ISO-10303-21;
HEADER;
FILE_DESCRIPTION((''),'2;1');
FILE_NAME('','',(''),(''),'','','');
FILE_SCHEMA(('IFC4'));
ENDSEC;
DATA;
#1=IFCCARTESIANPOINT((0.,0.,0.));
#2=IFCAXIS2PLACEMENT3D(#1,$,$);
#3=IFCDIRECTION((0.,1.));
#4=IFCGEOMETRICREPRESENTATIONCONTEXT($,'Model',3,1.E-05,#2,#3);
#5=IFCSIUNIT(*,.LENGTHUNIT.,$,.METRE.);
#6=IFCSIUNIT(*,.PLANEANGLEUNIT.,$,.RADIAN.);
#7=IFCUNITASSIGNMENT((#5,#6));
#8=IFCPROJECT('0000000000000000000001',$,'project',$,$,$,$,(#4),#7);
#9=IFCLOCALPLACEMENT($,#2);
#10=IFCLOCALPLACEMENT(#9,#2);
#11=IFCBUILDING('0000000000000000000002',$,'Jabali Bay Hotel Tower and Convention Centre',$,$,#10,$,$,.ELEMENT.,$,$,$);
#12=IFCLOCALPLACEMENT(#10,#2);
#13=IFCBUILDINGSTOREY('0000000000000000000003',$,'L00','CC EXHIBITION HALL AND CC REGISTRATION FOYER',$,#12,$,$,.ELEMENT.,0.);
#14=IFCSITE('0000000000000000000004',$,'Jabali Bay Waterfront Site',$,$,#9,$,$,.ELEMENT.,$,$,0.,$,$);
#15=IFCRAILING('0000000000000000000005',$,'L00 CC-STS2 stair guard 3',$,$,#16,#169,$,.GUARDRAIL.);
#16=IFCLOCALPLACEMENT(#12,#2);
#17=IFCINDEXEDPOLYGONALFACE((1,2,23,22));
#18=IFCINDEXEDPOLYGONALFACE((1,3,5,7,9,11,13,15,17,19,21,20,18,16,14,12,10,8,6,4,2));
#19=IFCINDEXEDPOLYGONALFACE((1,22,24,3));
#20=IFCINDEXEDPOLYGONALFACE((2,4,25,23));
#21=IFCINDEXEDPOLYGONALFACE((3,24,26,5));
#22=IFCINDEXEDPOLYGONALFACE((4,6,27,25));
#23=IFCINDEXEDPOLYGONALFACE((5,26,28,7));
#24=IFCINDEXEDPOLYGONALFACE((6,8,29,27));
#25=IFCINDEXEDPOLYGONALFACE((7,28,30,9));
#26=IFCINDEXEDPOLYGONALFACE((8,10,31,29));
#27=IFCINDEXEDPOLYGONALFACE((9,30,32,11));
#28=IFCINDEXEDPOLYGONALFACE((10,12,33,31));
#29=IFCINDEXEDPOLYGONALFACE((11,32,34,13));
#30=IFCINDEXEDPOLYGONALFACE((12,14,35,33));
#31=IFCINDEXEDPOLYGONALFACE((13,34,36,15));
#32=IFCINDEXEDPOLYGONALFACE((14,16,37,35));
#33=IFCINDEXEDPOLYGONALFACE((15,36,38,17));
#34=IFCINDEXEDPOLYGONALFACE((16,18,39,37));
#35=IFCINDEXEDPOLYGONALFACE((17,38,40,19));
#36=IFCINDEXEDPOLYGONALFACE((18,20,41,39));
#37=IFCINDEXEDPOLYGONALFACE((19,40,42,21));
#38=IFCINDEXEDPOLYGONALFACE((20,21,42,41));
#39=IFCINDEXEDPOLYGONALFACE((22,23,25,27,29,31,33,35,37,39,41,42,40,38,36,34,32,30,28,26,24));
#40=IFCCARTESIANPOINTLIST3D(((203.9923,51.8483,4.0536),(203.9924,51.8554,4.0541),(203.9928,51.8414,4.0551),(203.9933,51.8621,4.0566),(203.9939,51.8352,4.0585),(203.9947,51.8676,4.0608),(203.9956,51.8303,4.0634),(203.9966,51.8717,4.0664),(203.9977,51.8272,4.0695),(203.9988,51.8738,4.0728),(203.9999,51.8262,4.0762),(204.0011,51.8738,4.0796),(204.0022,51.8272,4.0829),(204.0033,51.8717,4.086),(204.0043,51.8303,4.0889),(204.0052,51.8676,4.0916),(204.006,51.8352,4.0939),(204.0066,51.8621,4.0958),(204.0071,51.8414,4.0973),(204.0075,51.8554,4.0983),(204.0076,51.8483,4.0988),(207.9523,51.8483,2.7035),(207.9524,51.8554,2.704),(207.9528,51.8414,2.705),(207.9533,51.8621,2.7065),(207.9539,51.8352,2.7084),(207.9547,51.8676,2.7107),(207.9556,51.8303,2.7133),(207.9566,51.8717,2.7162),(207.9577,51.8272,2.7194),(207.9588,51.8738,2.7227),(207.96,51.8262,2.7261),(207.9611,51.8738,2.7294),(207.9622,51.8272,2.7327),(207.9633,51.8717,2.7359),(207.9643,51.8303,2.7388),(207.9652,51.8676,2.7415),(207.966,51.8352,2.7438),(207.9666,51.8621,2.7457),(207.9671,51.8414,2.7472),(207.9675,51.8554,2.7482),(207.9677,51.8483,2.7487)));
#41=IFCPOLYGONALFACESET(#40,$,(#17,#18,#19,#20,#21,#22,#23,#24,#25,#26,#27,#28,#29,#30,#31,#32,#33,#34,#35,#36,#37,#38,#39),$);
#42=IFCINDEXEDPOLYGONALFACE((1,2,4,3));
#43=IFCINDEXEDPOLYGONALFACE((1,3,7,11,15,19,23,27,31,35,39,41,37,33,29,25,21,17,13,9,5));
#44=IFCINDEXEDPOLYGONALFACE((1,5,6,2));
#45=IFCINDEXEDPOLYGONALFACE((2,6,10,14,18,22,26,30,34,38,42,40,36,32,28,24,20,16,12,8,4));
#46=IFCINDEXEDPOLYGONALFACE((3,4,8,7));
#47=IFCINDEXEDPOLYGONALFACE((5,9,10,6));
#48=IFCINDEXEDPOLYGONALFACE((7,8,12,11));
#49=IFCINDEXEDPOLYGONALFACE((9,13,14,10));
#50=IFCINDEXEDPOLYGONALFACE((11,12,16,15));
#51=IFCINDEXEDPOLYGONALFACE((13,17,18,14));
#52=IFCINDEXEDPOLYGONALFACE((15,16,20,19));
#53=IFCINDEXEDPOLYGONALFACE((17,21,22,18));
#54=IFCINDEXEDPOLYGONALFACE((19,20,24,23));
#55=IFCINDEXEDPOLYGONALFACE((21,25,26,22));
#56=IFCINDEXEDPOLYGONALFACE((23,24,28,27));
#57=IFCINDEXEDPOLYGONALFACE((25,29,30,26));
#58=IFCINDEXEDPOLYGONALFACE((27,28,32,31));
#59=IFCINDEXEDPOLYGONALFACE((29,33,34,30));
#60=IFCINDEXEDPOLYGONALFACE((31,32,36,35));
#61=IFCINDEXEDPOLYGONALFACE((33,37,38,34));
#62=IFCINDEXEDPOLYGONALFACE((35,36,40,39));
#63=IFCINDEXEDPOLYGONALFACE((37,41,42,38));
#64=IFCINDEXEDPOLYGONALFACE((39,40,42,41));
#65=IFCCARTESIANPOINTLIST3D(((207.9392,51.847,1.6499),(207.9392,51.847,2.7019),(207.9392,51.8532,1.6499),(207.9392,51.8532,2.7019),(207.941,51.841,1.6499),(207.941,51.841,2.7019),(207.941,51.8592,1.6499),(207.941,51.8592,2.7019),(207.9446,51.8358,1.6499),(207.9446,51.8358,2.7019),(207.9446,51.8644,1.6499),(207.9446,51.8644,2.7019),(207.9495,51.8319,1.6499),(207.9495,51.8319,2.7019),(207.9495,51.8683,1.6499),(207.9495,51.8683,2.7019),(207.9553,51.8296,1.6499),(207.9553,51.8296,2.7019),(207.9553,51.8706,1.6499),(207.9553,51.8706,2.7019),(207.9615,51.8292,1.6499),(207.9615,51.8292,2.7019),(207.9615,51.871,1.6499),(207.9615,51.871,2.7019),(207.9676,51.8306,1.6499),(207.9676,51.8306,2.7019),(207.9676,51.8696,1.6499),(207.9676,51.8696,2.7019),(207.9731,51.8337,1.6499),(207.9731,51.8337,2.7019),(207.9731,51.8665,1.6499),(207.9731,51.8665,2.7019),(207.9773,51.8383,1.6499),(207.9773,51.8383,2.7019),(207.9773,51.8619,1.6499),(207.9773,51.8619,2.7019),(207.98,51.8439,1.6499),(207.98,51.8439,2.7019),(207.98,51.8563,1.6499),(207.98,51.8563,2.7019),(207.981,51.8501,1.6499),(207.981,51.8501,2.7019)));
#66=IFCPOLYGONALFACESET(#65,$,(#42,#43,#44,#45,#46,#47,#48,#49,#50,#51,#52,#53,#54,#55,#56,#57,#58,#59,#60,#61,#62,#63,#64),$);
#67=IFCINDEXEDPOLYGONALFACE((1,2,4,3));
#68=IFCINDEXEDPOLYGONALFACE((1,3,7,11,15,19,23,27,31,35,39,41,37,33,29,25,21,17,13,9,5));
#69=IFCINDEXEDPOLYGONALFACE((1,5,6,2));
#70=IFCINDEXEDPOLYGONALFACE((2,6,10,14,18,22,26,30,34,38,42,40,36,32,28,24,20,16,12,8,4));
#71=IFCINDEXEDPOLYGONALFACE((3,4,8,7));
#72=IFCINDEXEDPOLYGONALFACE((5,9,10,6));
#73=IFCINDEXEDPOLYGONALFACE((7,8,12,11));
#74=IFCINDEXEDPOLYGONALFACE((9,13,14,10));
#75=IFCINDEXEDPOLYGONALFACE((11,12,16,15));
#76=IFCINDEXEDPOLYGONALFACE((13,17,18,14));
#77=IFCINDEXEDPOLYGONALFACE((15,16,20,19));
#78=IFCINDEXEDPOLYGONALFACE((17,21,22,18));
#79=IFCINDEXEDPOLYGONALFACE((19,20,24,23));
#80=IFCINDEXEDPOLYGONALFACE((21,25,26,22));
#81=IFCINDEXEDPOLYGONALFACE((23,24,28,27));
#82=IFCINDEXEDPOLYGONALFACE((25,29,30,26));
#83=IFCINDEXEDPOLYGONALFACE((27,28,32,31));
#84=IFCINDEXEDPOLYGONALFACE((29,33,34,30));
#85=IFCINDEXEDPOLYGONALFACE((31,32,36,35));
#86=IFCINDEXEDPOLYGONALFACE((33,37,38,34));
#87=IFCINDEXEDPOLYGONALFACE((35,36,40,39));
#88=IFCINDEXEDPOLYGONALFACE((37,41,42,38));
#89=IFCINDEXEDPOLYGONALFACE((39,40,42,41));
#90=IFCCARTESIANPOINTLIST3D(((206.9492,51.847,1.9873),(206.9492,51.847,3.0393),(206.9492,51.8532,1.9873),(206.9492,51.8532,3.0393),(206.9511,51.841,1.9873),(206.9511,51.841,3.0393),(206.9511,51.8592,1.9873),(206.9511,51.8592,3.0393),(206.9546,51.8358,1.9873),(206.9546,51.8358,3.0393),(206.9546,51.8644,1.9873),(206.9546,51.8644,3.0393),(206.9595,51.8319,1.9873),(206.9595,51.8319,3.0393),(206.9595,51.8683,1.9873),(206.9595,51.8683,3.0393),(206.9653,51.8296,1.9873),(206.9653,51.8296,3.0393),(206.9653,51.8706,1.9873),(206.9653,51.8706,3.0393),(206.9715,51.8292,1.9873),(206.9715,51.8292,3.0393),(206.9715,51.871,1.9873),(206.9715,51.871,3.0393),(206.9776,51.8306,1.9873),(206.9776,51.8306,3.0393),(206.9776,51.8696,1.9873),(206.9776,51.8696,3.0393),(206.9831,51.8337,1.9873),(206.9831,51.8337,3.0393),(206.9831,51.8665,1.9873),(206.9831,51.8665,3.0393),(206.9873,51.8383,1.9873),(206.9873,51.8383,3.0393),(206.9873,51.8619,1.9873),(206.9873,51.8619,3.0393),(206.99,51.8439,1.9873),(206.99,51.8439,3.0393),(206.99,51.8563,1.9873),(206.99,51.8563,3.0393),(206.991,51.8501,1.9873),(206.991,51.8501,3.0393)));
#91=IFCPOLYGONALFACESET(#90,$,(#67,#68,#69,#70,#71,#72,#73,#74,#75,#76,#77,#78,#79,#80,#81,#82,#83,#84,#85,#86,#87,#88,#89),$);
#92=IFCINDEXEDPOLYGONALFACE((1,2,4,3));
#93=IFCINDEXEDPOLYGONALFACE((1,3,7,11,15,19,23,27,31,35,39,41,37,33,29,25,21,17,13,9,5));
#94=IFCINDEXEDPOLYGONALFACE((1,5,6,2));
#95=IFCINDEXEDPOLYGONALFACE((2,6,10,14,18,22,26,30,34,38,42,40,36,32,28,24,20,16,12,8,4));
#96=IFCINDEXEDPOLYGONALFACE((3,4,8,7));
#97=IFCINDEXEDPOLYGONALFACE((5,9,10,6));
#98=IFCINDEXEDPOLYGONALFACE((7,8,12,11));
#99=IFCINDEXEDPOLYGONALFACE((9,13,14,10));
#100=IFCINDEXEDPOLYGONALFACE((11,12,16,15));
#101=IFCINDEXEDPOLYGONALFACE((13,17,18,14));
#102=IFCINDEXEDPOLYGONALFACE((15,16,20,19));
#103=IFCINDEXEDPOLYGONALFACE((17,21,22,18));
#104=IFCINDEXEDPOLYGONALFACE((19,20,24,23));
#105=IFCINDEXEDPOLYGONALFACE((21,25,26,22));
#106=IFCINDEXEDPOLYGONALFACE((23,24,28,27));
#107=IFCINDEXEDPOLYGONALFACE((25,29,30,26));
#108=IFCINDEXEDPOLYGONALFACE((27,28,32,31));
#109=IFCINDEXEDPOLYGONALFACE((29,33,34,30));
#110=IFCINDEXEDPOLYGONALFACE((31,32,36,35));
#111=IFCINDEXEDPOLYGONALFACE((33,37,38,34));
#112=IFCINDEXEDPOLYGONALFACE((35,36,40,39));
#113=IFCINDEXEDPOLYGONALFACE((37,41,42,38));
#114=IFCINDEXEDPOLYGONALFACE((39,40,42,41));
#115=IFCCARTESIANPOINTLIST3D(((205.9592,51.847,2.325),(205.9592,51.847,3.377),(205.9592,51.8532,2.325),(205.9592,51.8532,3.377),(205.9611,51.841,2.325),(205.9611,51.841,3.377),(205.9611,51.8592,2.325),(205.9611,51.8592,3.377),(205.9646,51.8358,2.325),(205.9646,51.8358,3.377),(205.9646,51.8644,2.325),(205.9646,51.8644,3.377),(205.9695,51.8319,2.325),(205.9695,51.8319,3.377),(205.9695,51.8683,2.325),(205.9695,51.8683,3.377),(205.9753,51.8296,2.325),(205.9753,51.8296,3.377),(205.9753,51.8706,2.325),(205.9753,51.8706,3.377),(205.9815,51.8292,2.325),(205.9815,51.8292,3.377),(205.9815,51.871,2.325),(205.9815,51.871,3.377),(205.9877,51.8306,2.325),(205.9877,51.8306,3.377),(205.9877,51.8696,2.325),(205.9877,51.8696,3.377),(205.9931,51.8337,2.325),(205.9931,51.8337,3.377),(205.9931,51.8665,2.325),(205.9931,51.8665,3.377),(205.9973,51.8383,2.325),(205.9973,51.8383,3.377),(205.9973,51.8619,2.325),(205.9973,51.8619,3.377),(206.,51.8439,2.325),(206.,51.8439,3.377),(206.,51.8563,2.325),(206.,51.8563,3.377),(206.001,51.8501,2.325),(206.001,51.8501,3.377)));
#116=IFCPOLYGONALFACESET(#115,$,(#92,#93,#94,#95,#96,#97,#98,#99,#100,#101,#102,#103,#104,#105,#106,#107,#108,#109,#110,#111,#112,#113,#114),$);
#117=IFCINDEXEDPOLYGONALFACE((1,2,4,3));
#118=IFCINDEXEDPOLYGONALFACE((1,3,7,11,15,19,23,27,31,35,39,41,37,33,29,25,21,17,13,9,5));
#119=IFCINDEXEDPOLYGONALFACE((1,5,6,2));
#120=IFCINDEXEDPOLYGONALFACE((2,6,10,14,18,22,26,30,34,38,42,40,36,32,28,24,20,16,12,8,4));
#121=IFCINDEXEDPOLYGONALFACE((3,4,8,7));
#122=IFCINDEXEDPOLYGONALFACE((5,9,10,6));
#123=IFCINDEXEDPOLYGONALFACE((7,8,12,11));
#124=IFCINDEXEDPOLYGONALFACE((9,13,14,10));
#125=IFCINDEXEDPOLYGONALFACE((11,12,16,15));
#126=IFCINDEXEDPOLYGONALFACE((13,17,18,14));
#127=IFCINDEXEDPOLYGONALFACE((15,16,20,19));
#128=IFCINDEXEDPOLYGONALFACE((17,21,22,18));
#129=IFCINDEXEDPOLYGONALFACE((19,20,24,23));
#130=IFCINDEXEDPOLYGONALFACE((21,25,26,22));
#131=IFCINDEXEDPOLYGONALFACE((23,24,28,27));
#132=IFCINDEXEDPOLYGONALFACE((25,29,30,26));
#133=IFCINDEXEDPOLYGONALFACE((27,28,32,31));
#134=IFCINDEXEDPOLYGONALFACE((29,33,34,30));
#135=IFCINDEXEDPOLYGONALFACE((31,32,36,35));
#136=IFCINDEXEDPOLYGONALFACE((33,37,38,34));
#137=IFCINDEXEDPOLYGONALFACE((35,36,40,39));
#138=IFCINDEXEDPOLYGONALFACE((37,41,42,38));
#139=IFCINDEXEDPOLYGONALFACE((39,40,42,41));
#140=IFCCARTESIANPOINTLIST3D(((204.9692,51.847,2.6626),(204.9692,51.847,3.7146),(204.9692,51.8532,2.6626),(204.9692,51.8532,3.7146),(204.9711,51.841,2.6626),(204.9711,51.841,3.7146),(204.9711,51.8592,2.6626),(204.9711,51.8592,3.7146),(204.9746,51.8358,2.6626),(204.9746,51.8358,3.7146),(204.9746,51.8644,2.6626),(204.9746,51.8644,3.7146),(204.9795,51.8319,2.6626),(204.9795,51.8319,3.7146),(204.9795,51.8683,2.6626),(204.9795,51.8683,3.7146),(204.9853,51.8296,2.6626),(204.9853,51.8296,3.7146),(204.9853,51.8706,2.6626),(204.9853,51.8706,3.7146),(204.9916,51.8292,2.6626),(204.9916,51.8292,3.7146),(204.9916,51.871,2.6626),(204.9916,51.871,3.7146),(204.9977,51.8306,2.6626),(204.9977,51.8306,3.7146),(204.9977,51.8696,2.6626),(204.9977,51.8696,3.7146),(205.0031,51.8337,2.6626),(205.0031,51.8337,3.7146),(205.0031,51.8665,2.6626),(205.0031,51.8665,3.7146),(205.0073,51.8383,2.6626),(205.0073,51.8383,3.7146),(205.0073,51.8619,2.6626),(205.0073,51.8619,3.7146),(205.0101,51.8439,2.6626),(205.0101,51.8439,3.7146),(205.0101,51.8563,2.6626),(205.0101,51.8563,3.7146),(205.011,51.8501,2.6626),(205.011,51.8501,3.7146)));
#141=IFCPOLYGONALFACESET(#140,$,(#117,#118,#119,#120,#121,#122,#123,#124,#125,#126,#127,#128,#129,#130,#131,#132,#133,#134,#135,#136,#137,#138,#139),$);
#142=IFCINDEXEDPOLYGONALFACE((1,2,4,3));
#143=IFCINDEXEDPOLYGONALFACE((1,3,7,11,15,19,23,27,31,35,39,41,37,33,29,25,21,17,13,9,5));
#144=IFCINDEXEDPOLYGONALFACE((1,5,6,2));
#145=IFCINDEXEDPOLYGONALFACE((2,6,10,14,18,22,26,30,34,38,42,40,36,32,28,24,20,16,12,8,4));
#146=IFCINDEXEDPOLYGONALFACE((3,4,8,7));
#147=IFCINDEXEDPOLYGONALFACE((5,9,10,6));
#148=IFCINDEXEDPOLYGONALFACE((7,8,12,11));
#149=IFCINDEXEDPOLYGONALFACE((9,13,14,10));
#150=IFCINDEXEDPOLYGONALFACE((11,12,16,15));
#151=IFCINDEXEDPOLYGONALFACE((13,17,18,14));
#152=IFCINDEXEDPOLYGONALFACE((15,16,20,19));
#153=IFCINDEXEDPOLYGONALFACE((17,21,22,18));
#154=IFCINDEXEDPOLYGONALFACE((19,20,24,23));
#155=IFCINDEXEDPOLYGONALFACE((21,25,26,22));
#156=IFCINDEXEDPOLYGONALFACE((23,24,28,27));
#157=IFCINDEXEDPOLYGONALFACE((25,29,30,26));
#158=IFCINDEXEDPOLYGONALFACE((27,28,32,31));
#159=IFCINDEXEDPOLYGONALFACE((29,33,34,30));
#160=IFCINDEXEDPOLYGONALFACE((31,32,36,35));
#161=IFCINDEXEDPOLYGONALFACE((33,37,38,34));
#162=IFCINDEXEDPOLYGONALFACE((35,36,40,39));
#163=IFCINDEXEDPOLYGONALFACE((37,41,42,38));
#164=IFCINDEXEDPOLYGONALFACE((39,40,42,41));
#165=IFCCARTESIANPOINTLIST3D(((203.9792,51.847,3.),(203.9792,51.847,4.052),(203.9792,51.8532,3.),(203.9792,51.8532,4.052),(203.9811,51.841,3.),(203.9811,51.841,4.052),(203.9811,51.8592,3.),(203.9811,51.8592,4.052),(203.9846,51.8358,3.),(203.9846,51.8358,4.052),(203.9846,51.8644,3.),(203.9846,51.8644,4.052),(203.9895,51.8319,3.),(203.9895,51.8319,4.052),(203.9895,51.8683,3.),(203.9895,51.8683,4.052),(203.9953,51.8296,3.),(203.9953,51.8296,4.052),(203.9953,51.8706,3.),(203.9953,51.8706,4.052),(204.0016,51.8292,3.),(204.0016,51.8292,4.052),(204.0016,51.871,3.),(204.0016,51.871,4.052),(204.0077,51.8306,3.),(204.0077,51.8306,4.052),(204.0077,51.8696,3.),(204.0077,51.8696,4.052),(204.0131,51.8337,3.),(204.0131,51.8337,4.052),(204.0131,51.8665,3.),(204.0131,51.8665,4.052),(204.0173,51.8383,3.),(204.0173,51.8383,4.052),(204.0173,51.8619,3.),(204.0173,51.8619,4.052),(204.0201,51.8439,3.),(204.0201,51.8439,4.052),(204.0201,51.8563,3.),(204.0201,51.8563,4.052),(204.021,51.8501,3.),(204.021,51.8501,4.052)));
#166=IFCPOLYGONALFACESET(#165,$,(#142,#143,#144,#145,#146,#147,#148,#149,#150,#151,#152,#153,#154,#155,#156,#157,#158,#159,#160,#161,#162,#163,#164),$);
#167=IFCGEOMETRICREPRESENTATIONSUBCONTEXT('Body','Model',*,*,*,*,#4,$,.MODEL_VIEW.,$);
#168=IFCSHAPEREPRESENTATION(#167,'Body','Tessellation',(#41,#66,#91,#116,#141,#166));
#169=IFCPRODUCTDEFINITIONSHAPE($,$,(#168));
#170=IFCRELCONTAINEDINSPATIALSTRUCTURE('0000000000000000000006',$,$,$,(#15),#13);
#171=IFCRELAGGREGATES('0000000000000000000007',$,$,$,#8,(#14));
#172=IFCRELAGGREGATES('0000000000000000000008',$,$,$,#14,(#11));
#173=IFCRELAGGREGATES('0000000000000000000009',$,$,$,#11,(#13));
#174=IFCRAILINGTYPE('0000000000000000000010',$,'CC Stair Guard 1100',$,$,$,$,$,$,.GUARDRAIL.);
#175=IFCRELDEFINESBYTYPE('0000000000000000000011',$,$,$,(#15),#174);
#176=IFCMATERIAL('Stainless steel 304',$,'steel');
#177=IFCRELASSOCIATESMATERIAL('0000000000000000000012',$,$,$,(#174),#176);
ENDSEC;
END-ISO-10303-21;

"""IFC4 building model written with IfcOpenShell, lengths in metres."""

from ifc_helpers import new_model, si_unit, direction, frame, origin, origin_2d, place, context, subcontext, project, spatial, circle, extrude, material, type_object, element, save


model = new_model("IFC4")

# Units and contexts
model_context = context("Model", 3, precision=1e-05, world=origin(), true_north=direction((0.0, 1.0)))
body_context = subcontext(model_context, "Body", "Model", "MODEL_VIEW")
ifc_project = project(units=[si_unit("LENGTHUNIT", "METRE"), si_unit("PLANEANGLEUNIT", "RADIAN")], contexts=[model_context])

# Site, building, storey
site_placement = place(None, origin())
site = spatial("IfcSite", under=ifc_project, at=site_placement, Name="Jabali Bay Waterfront Site", CompositionType="ELEMENT", RefElevation=0.0)
building_placement = place(site_placement, origin())
building = spatial("IfcBuilding", under=site, at=building_placement, Name="Jabali Bay Hotel Tower and Convention Centre", CompositionType="ELEMENT")
storey_placement = place(building_placement, origin())
storey = spatial("IfcBuildingStorey", under=building, at=storey_placement, Name="L00", Description="CC EXHIBITION HALL AND CC REGISTRATION FOYER", CompositionType="ELEMENT", Elevation=0.0)

# Railing
ifc_material_1 = material(Name="Stainless steel 304", Category="steel")
railing_type_1 = type_object("IfcRailingType", Name="CC Stair Guard 1100", PredefinedType="GUARDRAIL", material=ifc_material_1)
railing_1_placement = place(storey_placement, frame((207.96, 51.8501, 1.6499)))
element("IfcRailing", 1, at=railing_1_placement, inside=storey, type_object=railing_type_1, Name="L00 CC-STS2 stair guard 3", PredefinedType="GUARDRAIL", context=body_context, shape_type="SweptSolid", body=[
    extrude(circle(Radius=0.0239, at=origin_2d()), frame((0.0, 0.0, 1.0762), z_axis=(-0.946502, 0.0, 0.322698), x_axis=(0.0, -1.0, 0.0)), (0.0, 0.0, 1.0), 4.1838),
    extrude(circle(Radius=0.021, at=origin_2d()), origin(), (0.0, 0.0, 1.0), 1.052),
    extrude(circle(Radius=0.021, at=origin_2d()), frame((-0.99, 0.0, 0.3374)), (0.0, 0.0, 1.0), 1.052),
    extrude(circle(Radius=0.021, at=origin_2d()), frame((-1.98, 0.0, 0.675)), (0.0, 0.0, 1.0), 1.052),
    extrude(circle(Radius=0.021, at=origin_2d()), frame((-2.97, 0.0, 1.0127)), (0.0, 0.0, 1.0), 1.052),
    extrude(circle(Radius=0.021, at=origin_2d()), frame((-3.96, 0.0, 1.3501)), (0.0, 0.0, 1.0), 1.052),
])

save(model, "model.ifc")
